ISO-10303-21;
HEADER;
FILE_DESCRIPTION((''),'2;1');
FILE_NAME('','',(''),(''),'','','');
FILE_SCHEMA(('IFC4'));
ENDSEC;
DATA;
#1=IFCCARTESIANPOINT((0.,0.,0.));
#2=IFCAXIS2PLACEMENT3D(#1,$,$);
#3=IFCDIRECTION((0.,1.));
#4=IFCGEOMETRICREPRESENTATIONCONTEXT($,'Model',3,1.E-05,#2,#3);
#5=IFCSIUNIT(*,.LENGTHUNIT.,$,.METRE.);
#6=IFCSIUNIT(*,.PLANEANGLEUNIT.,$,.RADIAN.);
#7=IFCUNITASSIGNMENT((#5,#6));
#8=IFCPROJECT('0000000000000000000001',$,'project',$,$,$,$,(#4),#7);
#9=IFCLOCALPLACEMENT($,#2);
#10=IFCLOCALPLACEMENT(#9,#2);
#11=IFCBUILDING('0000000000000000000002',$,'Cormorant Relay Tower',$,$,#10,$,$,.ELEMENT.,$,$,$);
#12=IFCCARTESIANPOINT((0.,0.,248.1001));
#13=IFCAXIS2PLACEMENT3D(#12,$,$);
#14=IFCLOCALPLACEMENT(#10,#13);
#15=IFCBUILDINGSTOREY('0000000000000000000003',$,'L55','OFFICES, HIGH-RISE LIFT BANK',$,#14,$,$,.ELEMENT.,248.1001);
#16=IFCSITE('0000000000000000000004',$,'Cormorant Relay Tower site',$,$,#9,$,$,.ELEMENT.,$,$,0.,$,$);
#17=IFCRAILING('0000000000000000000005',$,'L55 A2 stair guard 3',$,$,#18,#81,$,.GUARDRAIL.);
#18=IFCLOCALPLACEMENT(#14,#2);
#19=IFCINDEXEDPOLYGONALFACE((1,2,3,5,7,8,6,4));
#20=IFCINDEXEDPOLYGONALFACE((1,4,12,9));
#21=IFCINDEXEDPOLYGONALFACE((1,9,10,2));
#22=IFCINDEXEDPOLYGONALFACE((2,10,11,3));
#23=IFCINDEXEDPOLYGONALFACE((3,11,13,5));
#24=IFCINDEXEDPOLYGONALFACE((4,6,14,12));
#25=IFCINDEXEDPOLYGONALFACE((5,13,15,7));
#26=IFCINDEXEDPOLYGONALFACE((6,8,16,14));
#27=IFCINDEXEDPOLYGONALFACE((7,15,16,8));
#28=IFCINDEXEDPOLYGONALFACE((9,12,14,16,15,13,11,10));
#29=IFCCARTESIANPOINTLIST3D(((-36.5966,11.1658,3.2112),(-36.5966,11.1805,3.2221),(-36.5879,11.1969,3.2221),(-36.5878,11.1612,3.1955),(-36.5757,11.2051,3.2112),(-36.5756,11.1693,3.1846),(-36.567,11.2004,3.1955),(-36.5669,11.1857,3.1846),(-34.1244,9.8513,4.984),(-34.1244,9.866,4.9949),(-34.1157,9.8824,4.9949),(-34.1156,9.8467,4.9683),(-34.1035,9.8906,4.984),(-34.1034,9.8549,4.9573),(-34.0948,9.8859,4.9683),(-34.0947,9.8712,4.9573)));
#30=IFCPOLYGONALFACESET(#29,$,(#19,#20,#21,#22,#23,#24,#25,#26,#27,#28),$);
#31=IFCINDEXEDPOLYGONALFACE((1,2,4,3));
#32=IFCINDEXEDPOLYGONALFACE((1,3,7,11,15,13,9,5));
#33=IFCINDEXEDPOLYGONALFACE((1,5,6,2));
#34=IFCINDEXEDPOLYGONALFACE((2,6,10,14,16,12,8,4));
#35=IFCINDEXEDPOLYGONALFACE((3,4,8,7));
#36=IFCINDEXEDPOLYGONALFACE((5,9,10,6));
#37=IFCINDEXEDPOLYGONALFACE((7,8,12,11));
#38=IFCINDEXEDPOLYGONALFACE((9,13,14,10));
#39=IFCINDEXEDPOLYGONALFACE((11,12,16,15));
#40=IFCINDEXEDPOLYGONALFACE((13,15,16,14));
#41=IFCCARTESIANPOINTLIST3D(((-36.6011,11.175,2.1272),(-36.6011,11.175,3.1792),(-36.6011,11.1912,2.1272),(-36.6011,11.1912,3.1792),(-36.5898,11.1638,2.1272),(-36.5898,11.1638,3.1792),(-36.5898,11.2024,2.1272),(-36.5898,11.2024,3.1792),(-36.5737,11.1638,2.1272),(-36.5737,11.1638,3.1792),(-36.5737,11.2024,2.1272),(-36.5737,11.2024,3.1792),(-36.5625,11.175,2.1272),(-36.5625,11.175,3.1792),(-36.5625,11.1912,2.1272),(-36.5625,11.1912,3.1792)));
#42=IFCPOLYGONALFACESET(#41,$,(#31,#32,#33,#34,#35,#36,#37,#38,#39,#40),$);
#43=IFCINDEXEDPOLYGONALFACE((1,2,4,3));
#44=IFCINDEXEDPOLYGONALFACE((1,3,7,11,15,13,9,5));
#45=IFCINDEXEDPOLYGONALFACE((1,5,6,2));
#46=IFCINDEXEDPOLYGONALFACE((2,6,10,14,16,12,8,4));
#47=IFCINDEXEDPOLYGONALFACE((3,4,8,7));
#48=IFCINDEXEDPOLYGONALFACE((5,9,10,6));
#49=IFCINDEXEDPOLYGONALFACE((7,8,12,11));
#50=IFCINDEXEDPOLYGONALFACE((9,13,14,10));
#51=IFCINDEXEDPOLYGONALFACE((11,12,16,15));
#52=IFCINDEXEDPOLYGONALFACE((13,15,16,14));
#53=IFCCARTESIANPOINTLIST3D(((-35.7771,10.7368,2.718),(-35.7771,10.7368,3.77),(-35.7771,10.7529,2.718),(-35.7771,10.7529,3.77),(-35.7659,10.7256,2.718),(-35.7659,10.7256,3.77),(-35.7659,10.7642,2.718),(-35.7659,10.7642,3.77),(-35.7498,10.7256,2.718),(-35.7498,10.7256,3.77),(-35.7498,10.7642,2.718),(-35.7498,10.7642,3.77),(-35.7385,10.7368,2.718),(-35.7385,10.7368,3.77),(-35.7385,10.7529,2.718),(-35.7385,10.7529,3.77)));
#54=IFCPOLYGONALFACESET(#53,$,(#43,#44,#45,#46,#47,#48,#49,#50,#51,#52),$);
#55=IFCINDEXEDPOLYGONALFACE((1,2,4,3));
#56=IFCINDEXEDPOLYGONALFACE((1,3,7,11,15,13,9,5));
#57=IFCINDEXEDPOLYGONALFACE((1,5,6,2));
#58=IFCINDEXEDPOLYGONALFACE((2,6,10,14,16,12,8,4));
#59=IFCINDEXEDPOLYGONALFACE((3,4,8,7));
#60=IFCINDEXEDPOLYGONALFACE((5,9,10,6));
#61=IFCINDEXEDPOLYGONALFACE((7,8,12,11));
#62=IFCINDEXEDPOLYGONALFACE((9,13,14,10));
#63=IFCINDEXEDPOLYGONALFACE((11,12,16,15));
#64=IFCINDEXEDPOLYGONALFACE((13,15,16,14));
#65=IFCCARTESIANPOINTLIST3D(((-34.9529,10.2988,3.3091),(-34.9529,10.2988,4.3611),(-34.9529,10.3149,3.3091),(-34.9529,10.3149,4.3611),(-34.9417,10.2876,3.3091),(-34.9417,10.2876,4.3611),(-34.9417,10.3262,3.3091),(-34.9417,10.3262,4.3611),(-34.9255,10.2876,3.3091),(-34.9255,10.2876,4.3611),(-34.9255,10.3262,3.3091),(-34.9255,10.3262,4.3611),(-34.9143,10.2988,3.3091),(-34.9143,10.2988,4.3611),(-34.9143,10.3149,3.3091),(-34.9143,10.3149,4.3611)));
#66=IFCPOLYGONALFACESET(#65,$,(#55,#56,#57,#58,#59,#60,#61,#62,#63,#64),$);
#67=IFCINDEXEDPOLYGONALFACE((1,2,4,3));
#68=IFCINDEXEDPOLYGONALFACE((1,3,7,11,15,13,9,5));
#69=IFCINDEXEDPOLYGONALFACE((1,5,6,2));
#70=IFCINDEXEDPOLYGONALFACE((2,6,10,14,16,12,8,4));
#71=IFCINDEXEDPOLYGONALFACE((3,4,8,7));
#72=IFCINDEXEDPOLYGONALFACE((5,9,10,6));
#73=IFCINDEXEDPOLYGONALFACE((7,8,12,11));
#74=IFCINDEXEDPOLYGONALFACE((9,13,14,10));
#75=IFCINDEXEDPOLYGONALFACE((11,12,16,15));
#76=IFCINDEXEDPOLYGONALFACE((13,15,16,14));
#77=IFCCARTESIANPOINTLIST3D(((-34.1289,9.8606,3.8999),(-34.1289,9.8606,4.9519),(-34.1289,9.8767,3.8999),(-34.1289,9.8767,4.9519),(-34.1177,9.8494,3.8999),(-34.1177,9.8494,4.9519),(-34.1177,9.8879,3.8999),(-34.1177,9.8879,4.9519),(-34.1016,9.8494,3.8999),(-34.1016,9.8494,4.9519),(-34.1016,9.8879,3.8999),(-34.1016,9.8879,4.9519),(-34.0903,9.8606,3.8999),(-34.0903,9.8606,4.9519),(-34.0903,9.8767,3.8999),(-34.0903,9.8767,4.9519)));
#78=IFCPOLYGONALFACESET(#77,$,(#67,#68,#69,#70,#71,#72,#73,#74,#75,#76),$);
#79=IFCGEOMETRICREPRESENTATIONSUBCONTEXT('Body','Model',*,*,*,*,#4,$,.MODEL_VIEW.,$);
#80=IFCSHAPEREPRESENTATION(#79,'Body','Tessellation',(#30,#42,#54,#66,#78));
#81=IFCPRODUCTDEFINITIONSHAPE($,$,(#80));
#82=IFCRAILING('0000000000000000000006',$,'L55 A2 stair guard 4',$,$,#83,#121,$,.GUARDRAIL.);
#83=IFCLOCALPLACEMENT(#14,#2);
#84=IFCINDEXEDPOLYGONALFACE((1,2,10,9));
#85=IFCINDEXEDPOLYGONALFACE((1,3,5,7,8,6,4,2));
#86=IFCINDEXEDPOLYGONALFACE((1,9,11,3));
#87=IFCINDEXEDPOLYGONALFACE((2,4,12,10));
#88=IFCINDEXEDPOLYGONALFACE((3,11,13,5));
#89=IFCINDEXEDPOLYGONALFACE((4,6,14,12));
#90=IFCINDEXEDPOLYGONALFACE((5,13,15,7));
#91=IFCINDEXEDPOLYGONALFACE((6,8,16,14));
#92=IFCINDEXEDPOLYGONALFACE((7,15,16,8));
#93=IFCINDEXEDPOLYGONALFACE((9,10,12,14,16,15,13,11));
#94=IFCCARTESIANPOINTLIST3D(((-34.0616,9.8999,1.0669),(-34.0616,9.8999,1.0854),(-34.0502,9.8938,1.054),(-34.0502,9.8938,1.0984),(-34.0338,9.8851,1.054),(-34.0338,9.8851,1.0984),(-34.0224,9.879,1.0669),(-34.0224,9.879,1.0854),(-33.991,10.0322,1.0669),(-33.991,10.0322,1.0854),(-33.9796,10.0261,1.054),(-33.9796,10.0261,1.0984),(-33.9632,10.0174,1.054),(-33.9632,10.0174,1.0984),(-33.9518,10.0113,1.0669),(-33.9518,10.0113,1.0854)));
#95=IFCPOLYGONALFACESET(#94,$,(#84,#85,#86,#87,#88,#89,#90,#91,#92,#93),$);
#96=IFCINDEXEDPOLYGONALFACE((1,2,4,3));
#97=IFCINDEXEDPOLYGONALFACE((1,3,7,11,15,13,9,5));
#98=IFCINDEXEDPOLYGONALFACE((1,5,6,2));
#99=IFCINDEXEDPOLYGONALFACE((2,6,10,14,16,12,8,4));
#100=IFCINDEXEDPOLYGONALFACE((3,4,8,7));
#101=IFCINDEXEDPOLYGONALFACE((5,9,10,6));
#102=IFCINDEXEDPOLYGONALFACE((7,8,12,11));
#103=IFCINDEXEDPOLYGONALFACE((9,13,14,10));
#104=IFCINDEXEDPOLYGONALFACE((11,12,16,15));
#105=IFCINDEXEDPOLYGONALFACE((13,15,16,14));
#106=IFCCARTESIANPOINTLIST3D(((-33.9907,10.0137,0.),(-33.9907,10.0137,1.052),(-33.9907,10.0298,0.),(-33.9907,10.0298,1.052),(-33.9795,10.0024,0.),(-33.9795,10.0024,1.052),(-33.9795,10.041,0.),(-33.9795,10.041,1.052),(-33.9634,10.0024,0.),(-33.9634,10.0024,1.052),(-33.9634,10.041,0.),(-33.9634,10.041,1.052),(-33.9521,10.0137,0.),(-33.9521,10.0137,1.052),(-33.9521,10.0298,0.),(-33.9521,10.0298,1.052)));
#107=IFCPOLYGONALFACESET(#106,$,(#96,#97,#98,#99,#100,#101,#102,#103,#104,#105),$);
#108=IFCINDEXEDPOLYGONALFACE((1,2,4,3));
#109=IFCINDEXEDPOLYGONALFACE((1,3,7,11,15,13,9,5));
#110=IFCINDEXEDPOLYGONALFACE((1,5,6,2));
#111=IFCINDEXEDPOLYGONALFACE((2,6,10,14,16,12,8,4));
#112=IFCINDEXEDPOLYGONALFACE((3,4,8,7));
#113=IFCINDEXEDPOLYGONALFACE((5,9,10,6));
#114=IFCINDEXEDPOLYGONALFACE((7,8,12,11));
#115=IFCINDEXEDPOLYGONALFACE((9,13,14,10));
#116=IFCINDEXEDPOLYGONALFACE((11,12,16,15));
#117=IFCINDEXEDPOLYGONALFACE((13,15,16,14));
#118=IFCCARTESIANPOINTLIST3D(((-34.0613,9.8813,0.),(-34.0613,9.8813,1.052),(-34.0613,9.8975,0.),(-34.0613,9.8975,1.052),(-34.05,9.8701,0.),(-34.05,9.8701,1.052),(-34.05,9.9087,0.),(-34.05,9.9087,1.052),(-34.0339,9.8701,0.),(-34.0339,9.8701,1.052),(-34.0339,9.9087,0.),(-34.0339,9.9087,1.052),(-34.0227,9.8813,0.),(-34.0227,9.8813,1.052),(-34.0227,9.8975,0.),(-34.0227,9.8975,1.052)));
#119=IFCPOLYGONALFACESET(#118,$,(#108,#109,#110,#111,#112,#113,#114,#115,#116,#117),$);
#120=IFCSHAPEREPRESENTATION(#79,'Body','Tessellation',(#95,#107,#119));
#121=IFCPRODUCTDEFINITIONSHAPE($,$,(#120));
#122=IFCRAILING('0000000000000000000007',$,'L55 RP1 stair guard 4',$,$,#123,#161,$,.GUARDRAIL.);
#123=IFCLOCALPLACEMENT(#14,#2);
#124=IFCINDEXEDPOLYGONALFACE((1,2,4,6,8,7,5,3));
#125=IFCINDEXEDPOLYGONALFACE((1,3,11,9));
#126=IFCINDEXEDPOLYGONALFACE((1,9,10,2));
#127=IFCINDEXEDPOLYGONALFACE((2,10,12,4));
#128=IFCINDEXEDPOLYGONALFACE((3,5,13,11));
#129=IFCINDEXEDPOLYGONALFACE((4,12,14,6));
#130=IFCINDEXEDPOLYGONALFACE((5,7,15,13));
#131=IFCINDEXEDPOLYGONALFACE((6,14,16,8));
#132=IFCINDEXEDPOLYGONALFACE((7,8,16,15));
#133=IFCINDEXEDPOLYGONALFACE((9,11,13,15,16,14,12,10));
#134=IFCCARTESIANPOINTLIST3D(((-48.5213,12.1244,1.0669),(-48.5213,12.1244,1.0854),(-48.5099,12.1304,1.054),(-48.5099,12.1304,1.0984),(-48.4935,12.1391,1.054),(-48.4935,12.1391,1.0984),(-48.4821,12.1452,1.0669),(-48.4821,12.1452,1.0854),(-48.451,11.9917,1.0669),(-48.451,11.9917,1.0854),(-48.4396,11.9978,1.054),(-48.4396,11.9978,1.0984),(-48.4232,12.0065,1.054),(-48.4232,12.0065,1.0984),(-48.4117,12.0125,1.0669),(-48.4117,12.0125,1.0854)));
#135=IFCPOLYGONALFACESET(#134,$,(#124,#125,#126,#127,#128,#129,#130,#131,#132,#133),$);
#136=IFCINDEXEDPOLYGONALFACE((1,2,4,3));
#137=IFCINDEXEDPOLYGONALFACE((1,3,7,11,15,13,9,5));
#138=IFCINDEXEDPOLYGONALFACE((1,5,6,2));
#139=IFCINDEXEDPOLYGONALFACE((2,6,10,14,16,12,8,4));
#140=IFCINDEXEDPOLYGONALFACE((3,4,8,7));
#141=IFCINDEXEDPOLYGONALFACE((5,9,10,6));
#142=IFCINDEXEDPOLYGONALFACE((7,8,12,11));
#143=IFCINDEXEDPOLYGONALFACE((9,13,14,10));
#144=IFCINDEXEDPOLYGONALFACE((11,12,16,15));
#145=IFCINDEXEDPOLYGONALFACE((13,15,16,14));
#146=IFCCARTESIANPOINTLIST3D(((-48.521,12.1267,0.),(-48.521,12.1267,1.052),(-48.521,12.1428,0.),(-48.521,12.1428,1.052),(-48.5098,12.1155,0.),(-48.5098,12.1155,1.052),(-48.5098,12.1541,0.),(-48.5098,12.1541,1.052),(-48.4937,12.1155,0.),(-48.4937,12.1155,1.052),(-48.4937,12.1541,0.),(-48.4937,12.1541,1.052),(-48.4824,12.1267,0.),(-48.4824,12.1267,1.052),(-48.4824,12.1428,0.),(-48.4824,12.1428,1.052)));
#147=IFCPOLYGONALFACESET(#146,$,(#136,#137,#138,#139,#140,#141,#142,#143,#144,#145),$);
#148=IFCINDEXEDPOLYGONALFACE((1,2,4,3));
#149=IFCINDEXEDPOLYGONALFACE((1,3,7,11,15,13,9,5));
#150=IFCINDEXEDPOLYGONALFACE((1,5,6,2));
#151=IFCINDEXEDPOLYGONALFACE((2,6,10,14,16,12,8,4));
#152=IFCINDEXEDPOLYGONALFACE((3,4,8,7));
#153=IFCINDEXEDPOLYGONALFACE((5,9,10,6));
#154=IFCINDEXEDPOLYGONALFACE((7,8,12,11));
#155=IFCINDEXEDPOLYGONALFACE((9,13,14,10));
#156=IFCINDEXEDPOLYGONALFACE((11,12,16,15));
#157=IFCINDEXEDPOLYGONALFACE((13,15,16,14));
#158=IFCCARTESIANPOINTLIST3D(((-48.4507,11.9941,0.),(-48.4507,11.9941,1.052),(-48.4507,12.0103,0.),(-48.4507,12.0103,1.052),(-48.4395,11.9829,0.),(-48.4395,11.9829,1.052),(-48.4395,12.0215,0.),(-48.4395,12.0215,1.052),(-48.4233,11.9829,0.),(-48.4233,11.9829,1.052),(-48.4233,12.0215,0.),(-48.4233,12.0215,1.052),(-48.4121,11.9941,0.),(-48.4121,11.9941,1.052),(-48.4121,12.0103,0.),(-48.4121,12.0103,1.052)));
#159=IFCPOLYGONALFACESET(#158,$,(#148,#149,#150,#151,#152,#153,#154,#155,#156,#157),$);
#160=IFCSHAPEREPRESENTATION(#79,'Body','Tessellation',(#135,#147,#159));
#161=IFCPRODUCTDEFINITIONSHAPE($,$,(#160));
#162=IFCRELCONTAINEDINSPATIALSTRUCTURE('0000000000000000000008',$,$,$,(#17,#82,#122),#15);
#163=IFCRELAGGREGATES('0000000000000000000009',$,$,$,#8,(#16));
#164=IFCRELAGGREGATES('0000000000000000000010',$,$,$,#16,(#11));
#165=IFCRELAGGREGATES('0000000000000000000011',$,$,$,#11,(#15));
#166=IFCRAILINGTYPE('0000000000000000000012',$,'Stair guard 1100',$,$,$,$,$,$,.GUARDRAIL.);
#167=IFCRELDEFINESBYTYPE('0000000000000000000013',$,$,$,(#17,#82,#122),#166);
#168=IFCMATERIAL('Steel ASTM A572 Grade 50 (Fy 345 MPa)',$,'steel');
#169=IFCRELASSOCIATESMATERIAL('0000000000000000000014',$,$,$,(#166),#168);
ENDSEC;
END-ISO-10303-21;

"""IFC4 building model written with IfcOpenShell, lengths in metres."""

from ifc_helpers import new_model, si_unit, direction, frame, origin, place, context, subcontext, project, spatial, polyline, outline, extrude, material, type_object, element, save


model = new_model("IFC4")

# Units and contexts
model_context = context("Model", 3, precision=1e-05, world=origin(), true_north=direction((0.0, 1.0)))
body_context = subcontext(model_context, "Body", "Model", "MODEL_VIEW")
ifc_project = project(units=[si_unit("LENGTHUNIT", "METRE"), si_unit("PLANEANGLEUNIT", "RADIAN")], contexts=[model_context])

# Site, building, storey
site_placement = place(None, origin())
site = spatial("IfcSite", under=ifc_project, at=site_placement, Name="Cormorant Relay Tower site", CompositionType="ELEMENT", RefElevation=0.0)
building_placement = place(site_placement, origin())
building = spatial("IfcBuilding", under=site, at=building_placement, Name="Cormorant Relay Tower", CompositionType="ELEMENT")
storey_placement = place(building_placement, frame((0.0, 0.0, 248.1001)))
storey = spatial("IfcBuildingStorey", under=building, at=storey_placement, Name="L55", Description="OFFICES, HIGH-RISE LIFT BANK", CompositionType="ELEMENT", Elevation=248.1001)

# Railings
ifc_material_1 = material(Name="Steel ASTM A572 Grade 50 (Fy 345 MPa)", Category="steel")
railing_type_1 = type_object("IfcRailingType", Name="Stair guard 1100", PredefinedType="GUARDRAIL", material=ifc_material_1)
railing_1_placement = place(storey_placement, frame((-36.5818, 11.1831, 2.1272)))
element("IfcRailing", 1, at=railing_1_placement, inside=storey, type_object=railing_type_1, Name="L55 A2 stair guard 3", PredefinedType="GUARDRAIL", context=body_context, shape_type="SweptSolid", body=[
    extrude(outline(polyline([(0.0222, 0.0093), (0.0093, 0.0222), (-0.0093, 0.0222), (-0.0222, 0.0093), (-0.0222, -0.0093), (-0.0093, -0.0222), (0.0093, -0.0222), (0.0222, -0.0093), (0.0222, 0.0093)])), frame((0.0, 0.0, 1.0762), z_axis=(0.746001, -0.396649, 0.534931), x_axis=(0.469465, 0.882951, 0.0)), (0.0, 0.0, 1.0), 3.314),
    extrude(outline(polyline([(0.0193, 0.0081), (0.0081, 0.0193), (-0.0081, 0.0193), (-0.0193, 0.0081), (-0.0193, -0.0081), (-0.0081, -0.0193), (0.0081, -0.0193), (0.0193, -0.0081), (0.0193, 0.0081)])), origin(), (0.0, 0.0, 1.0), 1.052),
    extrude(outline(polyline([(0.0193, 0.0081), (0.0081, 0.0193), (-0.0081, 0.0193), (-0.0193, 0.0081), (-0.0193, -0.0081), (-0.0081, -0.0193), (0.0081, -0.0193), (0.0193, -0.0081), (0.0193, 0.0081)])), frame((0.824, -0.4382, 0.5908)), (0.0, 0.0, 1.0), 1.052),
    extrude(outline(polyline([(0.0193, 0.0081), (0.0081, 0.0193), (-0.0081, 0.0193), (-0.0193, 0.0081), (-0.0193, -0.0081), (-0.0081, -0.0193), (0.0081, -0.0193), (0.0193, -0.0081), (0.0193, 0.0081)])), frame((1.6482, -0.8762, 1.1819)), (0.0, 0.0, 1.0), 1.052),
    extrude(outline(polyline([(0.0193, 0.0081), (0.0081, 0.0193), (-0.0081, 0.0193), (-0.0193, 0.0081), (-0.0193, -0.0081), (-0.0081, -0.0193), (0.0081, -0.0193), (0.0193, -0.0081), (0.0193, 0.0081)])), frame((2.4722, -1.3145, 1.7727)), (0.0, 0.0, 1.0), 1.052),
])
railing_2_placement = place(storey_placement, frame((-33.9714, 10.0217, 0.0)))
element("IfcRailing", 2, at=railing_2_placement, inside=storey, type_object=railing_type_1, Name="L55 A2 stair guard 4", PredefinedType="GUARDRAIL", context=body_context, shape_type="SweptSolid", body=[
    extrude(outline(polyline([(0.0222, 0.0093), (0.0093, 0.0222), (-0.0093, 0.0222), (-0.0222, 0.0093), (-0.0222, -0.0093), (-0.0093, -0.0222), (0.0093, -0.0222), (0.0222, -0.0093), (0.0222, 0.0093)])), frame((0.0, 0.0, 1.0762), z_axis=(-0.470504, -0.882398, 0.0), x_axis=(0.882398, -0.470504, 0.0)), (0.0, 0.0, 1.0), 0.1499),
    extrude(outline(polyline([(0.0193, 0.0081), (0.0081, 0.0193), (-0.0081, 0.0193), (-0.0193, 0.0081), (-0.0193, -0.0081), (-0.0081, -0.0193), (0.0081, -0.0193), (0.0193, -0.0081), (0.0193, 0.0081)])), origin(), (0.0, 0.0, 1.0), 1.052),
    extrude(outline(polyline([(0.0193, 0.0081), (0.0081, 0.0193), (-0.0081, 0.0193), (-0.0193, 0.0081), (-0.0193, -0.0081), (-0.0081, -0.0193), (0.0081, -0.0193), (0.0193, -0.0081), (0.0193, 0.0081)])), frame((-0.0706, -0.1323, 0.0)), (0.0, 0.0, 1.0), 1.052),
])
railing_3_placement = place(storey_placement, frame((-48.5017, 12.1348, 0.0)))
element("IfcRailing", 3, at=railing_3_placement, inside=storey, type_object=railing_type_1, Name="L55 RP1 stair guard 4", PredefinedType="GUARDRAIL", context=body_context, shape_type="SweptSolid", body=[
    extrude(outline(polyline([(0.0222, 0.0093), (0.0093, 0.0222), (-0.0093, 0.0222), (-0.0222, 0.0093), (-0.0222, -0.0093), (-0.0093, -0.0222), (0.0093, -0.0222), (0.0222, -0.0093), (0.0222, 0.0093)])), frame((0.0, 0.0, 1.0762), z_axis=(0.46856, -0.883431, 0.0), x_axis=(0.883431, 0.46856, 0.0)), (0.0, 0.0, 1.0), 0.1501),
    extrude(outline(polyline([(0.0193, 0.0081), (0.0081, 0.0193), (-0.0081, 0.0193), (-0.0193, 0.0081), (-0.0193, -0.0081), (-0.0081, -0.0193), (0.0081, -0.0193), (0.0193, -0.0081), (0.0193, 0.0081)])), origin(), (0.0, 0.0, 1.0), 1.052),
    extrude(outline(polyline([(0.0193, 0.0081), (0.0081, 0.0193), (-0.0081, 0.0193), (-0.0193, 0.0081), (-0.0193, -0.0081), (-0.0081, -0.0193), (0.0081, -0.0193), (0.0193, -0.0081), (0.0193, 0.0081)])), frame((0.0703, -0.1326, 0.0)), (0.0, 0.0, 1.0), 1.052),
])

save(model, "model.ifc")
